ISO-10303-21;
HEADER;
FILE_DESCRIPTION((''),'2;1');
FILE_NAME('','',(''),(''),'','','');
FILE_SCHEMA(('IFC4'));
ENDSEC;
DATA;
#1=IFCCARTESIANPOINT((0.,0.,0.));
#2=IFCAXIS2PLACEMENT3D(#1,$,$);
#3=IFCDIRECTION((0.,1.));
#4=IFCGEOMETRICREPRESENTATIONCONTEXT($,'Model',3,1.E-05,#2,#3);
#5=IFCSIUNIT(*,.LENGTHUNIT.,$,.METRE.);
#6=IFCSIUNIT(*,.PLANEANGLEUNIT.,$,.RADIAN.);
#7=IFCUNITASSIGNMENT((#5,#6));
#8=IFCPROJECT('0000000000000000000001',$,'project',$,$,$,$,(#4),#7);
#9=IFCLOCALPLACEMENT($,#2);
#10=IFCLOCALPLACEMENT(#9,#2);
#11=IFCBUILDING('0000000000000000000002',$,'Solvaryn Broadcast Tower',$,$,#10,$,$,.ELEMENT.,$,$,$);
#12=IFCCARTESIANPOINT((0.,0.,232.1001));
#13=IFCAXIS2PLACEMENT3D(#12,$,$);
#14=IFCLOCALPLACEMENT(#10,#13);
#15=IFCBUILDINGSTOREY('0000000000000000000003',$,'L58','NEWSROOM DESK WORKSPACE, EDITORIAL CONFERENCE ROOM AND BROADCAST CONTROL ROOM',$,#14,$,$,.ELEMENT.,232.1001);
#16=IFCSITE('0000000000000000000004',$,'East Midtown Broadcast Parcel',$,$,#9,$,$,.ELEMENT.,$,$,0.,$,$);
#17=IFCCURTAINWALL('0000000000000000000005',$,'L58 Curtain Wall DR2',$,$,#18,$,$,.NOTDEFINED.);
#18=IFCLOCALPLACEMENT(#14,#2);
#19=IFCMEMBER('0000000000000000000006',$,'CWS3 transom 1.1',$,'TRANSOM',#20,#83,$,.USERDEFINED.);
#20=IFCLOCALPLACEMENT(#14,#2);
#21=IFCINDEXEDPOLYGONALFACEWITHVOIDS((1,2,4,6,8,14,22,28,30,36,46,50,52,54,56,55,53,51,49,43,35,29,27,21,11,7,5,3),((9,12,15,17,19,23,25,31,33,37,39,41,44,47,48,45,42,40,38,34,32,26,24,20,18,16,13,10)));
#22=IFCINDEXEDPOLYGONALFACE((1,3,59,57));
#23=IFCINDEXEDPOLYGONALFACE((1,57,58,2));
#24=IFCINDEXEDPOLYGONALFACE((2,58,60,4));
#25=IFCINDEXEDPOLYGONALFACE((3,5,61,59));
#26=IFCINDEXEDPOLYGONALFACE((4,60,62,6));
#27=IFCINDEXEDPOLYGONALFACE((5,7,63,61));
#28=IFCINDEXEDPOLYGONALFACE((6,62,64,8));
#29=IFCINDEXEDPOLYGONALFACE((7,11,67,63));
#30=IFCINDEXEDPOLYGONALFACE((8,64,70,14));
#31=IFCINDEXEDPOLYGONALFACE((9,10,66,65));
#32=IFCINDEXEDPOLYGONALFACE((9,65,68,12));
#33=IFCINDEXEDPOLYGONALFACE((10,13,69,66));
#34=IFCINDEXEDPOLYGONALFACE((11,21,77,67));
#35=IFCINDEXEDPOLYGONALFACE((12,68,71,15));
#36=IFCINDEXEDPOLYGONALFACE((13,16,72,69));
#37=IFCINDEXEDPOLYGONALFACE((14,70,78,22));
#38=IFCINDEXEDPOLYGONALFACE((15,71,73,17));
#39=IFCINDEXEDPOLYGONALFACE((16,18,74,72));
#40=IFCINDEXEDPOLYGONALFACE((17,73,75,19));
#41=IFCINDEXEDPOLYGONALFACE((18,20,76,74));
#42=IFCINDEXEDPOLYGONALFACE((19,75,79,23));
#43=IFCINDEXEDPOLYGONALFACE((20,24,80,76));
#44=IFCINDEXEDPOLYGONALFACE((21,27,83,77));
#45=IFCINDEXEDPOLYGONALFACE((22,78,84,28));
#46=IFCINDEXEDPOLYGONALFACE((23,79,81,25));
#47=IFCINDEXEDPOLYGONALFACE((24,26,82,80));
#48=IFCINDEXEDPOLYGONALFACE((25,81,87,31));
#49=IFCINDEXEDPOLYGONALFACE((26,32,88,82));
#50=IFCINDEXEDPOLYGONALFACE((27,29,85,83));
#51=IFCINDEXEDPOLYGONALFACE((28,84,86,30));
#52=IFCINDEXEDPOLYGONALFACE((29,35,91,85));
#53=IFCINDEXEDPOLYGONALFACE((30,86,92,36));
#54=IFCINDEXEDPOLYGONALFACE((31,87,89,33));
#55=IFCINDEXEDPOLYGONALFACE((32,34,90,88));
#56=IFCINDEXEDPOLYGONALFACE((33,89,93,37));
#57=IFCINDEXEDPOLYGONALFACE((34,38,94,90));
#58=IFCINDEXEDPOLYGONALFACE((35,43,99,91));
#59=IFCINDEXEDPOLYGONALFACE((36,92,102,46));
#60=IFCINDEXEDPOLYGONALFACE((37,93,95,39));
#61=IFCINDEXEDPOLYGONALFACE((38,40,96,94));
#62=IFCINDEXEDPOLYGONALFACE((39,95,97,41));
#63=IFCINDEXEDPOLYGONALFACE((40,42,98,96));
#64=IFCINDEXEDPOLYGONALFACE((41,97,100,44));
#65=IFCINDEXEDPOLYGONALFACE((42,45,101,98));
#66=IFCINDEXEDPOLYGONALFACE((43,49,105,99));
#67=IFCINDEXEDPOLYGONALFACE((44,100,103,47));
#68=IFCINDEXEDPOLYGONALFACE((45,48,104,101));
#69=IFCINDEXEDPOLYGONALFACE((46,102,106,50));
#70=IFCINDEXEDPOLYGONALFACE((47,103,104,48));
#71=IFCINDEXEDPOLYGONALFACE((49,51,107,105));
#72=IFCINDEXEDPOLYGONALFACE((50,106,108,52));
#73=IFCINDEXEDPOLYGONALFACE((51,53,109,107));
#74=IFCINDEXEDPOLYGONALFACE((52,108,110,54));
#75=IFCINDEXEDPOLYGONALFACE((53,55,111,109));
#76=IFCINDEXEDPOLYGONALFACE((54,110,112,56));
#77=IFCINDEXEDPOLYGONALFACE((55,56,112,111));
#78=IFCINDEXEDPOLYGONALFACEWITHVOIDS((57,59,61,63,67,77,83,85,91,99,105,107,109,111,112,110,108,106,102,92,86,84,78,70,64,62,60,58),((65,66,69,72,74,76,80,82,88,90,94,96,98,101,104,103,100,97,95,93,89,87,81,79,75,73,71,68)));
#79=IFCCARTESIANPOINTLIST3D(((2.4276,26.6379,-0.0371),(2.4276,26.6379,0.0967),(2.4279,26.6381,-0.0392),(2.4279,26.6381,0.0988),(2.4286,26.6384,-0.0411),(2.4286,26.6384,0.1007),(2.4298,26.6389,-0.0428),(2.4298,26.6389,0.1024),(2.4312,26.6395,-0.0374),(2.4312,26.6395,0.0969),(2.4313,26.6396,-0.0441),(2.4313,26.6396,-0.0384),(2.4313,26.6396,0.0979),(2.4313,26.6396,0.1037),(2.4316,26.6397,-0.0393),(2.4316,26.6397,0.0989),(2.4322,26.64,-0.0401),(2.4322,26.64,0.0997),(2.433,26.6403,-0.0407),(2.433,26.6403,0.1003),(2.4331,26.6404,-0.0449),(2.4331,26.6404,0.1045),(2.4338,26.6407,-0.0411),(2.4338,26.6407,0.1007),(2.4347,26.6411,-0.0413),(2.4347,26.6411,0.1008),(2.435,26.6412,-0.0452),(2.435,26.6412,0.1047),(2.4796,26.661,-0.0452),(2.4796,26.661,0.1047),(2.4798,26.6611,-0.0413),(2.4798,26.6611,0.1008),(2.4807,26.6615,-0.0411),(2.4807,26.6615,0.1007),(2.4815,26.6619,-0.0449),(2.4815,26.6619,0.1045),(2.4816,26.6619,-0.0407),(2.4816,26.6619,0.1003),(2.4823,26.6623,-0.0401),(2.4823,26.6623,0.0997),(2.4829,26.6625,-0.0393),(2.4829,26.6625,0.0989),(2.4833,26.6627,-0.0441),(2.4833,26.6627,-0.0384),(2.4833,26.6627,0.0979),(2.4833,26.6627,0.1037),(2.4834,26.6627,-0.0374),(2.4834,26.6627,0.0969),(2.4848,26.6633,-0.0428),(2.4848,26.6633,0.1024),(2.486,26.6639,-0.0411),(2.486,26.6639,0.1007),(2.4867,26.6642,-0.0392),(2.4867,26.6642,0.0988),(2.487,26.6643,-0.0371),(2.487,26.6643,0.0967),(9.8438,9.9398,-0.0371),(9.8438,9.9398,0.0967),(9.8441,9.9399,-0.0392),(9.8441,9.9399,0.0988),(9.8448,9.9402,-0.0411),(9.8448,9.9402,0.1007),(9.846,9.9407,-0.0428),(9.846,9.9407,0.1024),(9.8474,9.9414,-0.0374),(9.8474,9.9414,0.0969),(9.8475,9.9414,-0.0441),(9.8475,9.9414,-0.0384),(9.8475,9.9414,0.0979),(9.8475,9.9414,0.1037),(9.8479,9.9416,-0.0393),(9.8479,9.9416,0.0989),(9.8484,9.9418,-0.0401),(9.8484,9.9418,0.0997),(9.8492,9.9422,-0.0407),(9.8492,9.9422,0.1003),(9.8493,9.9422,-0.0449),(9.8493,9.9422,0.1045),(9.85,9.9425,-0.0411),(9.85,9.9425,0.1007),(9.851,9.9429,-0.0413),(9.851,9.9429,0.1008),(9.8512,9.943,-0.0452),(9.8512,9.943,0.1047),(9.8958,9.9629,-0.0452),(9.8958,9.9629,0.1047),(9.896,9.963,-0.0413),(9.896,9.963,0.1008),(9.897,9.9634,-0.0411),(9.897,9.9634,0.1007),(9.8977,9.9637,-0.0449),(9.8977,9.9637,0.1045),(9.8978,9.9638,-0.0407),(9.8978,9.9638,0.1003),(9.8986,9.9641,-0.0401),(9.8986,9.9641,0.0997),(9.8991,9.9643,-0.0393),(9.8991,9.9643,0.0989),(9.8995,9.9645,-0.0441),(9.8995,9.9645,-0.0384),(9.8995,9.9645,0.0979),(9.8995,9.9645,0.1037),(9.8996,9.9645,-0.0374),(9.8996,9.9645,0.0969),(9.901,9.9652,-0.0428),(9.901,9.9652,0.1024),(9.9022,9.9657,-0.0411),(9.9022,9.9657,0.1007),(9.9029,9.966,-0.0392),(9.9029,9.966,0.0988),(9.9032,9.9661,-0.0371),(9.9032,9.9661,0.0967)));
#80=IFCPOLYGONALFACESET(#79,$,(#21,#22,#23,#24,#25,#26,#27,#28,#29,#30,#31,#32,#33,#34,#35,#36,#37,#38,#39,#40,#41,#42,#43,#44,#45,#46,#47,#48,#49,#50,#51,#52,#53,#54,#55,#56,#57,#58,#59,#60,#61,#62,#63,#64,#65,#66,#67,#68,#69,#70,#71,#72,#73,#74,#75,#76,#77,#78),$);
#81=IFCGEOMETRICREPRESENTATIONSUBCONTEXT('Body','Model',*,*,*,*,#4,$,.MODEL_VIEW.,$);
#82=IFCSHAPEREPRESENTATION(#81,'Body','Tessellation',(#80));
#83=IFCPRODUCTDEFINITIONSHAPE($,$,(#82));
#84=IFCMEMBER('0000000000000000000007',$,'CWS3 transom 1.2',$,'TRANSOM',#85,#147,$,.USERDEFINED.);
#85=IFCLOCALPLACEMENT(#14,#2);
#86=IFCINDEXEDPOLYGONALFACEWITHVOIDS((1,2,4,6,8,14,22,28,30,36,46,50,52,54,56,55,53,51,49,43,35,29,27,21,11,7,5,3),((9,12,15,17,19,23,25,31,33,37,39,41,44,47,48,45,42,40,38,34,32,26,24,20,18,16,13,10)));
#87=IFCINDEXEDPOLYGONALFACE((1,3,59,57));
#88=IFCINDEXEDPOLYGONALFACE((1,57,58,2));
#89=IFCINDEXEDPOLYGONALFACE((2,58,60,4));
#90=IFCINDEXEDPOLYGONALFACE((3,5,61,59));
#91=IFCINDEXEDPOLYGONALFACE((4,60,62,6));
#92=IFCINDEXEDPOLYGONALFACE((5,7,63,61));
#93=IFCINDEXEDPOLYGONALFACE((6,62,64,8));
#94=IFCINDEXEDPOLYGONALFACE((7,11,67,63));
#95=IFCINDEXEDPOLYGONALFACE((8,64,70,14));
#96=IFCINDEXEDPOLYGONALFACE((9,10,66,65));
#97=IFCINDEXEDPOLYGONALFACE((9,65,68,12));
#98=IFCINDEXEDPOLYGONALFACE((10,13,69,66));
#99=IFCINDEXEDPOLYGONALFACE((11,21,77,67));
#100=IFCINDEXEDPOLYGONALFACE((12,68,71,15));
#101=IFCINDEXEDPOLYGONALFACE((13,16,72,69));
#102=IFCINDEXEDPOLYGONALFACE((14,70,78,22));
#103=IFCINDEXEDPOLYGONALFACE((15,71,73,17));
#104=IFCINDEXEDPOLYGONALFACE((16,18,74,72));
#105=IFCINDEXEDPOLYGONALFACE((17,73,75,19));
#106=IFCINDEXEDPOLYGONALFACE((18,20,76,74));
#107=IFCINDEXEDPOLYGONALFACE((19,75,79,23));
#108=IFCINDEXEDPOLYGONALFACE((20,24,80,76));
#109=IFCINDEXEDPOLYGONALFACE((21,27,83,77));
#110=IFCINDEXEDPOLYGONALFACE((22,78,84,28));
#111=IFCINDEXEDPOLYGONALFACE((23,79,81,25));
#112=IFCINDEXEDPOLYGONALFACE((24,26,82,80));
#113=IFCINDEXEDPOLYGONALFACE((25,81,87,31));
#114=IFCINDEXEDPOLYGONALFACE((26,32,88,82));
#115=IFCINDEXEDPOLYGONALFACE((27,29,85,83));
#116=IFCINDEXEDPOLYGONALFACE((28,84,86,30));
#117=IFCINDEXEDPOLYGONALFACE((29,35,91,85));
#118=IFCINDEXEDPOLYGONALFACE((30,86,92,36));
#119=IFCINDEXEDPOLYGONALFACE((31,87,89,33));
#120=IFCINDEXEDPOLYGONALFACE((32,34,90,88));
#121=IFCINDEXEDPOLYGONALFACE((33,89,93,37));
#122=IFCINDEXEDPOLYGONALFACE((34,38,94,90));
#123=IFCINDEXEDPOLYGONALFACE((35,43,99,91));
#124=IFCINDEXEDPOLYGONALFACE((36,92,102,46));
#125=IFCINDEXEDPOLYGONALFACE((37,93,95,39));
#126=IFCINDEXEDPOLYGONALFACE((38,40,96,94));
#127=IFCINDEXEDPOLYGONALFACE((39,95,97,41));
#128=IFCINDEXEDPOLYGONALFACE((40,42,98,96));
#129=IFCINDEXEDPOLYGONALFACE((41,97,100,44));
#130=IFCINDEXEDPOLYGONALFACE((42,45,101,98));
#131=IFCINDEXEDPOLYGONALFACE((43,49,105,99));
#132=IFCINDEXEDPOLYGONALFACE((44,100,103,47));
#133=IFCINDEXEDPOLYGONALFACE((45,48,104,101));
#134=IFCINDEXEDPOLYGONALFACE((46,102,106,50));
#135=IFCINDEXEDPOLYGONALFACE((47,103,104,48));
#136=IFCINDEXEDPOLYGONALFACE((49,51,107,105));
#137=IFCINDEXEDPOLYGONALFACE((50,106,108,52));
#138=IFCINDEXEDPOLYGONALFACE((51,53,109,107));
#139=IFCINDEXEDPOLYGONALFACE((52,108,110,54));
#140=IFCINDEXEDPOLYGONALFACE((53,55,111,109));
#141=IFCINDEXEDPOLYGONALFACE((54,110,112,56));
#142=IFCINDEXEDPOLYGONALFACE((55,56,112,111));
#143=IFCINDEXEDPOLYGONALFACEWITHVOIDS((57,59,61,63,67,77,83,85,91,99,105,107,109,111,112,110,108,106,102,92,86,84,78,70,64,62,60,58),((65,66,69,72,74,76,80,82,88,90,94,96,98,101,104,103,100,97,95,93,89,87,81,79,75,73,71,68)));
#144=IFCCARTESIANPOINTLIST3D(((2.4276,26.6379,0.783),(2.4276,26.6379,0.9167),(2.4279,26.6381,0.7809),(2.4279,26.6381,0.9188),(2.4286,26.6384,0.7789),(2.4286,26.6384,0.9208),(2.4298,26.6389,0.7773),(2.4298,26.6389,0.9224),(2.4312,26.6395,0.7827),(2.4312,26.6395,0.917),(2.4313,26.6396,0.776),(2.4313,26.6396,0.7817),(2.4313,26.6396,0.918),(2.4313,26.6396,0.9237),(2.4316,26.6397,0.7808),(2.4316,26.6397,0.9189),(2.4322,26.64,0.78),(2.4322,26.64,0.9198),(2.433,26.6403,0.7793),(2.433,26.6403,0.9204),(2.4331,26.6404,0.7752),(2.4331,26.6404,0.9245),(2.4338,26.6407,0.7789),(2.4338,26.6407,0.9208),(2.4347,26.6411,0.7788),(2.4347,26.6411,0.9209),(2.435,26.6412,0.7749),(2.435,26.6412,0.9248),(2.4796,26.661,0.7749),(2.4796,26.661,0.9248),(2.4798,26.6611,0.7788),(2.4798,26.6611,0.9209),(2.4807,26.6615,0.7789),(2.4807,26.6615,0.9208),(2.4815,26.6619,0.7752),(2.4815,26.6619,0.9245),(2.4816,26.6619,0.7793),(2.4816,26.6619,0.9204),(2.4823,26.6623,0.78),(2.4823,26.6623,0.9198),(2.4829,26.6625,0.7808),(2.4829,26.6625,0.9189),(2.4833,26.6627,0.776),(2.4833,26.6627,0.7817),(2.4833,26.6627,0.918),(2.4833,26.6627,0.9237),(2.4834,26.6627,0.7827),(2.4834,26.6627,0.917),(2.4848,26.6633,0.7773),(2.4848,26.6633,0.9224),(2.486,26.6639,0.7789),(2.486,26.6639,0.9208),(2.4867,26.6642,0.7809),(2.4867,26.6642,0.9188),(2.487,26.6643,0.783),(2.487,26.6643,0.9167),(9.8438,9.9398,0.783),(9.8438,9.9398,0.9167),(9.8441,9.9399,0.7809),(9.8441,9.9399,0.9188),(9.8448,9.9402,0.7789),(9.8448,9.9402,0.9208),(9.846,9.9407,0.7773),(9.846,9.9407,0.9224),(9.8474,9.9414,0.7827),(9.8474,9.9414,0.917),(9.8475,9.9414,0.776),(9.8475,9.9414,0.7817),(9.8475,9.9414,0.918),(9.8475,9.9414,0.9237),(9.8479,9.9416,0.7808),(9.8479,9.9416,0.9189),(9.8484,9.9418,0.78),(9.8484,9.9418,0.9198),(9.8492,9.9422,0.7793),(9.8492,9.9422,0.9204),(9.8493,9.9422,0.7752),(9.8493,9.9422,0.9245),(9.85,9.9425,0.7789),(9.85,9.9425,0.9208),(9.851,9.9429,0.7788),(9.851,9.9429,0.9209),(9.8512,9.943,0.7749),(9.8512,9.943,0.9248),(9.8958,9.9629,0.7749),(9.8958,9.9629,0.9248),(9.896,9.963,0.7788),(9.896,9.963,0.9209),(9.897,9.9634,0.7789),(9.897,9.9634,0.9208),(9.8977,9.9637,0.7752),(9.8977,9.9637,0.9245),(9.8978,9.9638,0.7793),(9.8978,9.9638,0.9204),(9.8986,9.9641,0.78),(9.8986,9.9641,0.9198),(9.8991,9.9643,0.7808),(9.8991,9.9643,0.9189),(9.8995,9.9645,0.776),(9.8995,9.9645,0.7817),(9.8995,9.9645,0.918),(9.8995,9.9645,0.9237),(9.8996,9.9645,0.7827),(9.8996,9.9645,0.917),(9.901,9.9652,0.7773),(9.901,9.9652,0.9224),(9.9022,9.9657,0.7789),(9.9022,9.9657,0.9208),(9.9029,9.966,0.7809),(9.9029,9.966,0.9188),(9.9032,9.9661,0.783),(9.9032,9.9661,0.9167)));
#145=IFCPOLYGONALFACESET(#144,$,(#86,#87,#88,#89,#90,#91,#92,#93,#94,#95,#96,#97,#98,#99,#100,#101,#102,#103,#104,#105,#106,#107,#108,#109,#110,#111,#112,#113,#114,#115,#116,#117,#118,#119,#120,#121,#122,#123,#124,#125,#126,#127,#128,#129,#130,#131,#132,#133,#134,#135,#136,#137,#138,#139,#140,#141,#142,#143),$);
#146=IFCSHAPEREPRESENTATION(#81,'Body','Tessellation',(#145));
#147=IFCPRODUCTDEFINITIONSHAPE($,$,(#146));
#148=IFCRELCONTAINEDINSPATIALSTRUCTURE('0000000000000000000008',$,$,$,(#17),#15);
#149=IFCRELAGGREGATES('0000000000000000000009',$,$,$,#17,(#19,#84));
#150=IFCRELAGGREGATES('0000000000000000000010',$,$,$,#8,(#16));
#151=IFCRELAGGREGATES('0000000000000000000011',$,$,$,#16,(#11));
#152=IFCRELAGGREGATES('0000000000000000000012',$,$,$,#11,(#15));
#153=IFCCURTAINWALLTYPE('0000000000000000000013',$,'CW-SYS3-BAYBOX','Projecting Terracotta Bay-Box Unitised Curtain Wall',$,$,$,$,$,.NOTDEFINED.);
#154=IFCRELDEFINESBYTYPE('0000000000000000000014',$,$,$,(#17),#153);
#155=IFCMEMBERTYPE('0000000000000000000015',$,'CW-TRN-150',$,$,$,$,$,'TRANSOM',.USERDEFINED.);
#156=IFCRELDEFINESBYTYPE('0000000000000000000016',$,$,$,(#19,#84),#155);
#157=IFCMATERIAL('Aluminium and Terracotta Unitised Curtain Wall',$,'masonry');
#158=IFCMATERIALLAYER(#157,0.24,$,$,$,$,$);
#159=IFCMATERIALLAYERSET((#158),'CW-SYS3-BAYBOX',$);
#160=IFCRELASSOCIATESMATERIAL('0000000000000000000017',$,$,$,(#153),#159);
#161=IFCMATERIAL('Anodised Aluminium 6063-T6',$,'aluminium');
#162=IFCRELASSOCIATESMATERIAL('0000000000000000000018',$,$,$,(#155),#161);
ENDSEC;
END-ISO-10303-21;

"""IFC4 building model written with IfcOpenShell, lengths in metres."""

from ifc_helpers import new_model, si_unit, direction, frame, origin, origin_2d, place, context, subcontext, project, spatial, hollow_rectangle, extrude, material, layer, layer_set, material_profile, profile_set, type_object, element, aggregate, save


model = new_model("IFC4")

# Units and contexts
model_context = context("Model", 3, precision=1e-05, world=origin(), true_north=direction((0.0, 1.0)))
body_context = subcontext(model_context, "Body", "Model", "MODEL_VIEW")
ifc_project = project(units=[si_unit("LENGTHUNIT", "METRE"), si_unit("PLANEANGLEUNIT", "RADIAN")], contexts=[model_context])

# Site, building, storey
site_placement = place(None, origin())
site = spatial("IfcSite", under=ifc_project, at=site_placement, Name="East Midtown Broadcast Parcel", CompositionType="ELEMENT", RefElevation=0.0)
building_placement = place(site_placement, origin())
building = spatial("IfcBuilding", under=site, at=building_placement, Name="Solvaryn Broadcast Tower", CompositionType="ELEMENT")
storey_placement = place(building_placement, frame((0.0, 0.0, 232.1001)))
storey = spatial("IfcBuildingStorey", under=building, at=storey_placement, Name="L58", Description="NEWSROOM DESK WORKSPACE, EDITORIAL CONFERENCE ROOM AND BROADCAST CONTROL ROOM", CompositionType="ELEMENT", Elevation=232.1001)

# Curtain wall, members
ifc_material_1 = material(Name="Aluminium and Terracotta Unitised Curtain Wall", Category="masonry")
ifc_layer_1 = layer(ifc_material_1, 0.24)
ifc_layer_set_1 = layer_set([ifc_layer_1], Name="CW-SYS3-BAYBOX")
curtain_wall_type_1 = type_object("IfcCurtainWallType", Name="CW-SYS3-BAYBOX", Description="Projecting Terracotta Bay-Box Unitised Curtain Wall", PredefinedType="NOTDEFINED", material=ifc_layer_set_1)
curtain_wall_1_placement = place(storey_placement, origin())
curtain_wall_1 = element("IfcCurtainWall", 1, at=curtain_wall_1_placement, inside=storey, type_object=curtain_wall_type_1, Name="L58 Curtain Wall DR2", PredefinedType="NOTDEFINED")
ifc_material_2 = material(Name="Anodised Aluminium 6063-T6", Category="aluminium")
ifc_material_profile_1 = material_profile(ifc_material_2, hollow_rectangle(XDim=0.0649, YDim=0.1499, WallThickness=0.0039, InnerFilletRadius=0.0039, OuterFilletRadius=0.0081, at=origin_2d()))
ifc_profile_set_1 = profile_set([ifc_material_profile_1], Name="Anodised Aluminium 6063-T6")
member_type_1 = type_object("IfcMemberType", Name="CW-TRN-150", ElementType="TRANSOM", PredefinedType="USERDEFINED", material=ifc_profile_set_1)
member_1_placement = place(storey_placement, frame((2.4573, 26.6511, 0.0298), z_axis=(0.405902, -0.913917, 0.0), x_axis=(0.913917, 0.405902, 0.0)))
member_1 = element("IfcMember", 2, at=member_1_placement, type_object=member_type_1, Name="CWS3 transom 1.1", ObjectType="TRANSOM", PredefinedType="USERDEFINED", context=body_context, shape_type="SweptSolid", body=[
    extrude(hollow_rectangle(XDim=0.0649, YDim=0.1499, WallThickness=0.0039, InnerFilletRadius=0.0039, OuterFilletRadius=0.0081, at=origin_2d()), origin(), (0.0, 0.0, 1.0), 18.271),
])
member_2_placement = place(storey_placement, frame((2.4573, 26.6511, 0.8499), z_axis=(0.405902, -0.913917, 0.0), x_axis=(0.913917, 0.405902, 0.0)))
member_2 = element("IfcMember", 3, at=member_2_placement, type_object=member_type_1, Name="CWS3 transom 1.2", ObjectType="TRANSOM", PredefinedType="USERDEFINED", context=body_context, shape_type="SweptSolid", body=[
    extrude(hollow_rectangle(XDim=0.0649, YDim=0.1499, WallThickness=0.0039, InnerFilletRadius=0.0039, OuterFilletRadius=0.0081, at=origin_2d()), origin(), (0.0, 0.0, 1.0), 18.271),
])
aggregate(curtain_wall_1, [member_1, member_2])

save(model, "model.ifc")
